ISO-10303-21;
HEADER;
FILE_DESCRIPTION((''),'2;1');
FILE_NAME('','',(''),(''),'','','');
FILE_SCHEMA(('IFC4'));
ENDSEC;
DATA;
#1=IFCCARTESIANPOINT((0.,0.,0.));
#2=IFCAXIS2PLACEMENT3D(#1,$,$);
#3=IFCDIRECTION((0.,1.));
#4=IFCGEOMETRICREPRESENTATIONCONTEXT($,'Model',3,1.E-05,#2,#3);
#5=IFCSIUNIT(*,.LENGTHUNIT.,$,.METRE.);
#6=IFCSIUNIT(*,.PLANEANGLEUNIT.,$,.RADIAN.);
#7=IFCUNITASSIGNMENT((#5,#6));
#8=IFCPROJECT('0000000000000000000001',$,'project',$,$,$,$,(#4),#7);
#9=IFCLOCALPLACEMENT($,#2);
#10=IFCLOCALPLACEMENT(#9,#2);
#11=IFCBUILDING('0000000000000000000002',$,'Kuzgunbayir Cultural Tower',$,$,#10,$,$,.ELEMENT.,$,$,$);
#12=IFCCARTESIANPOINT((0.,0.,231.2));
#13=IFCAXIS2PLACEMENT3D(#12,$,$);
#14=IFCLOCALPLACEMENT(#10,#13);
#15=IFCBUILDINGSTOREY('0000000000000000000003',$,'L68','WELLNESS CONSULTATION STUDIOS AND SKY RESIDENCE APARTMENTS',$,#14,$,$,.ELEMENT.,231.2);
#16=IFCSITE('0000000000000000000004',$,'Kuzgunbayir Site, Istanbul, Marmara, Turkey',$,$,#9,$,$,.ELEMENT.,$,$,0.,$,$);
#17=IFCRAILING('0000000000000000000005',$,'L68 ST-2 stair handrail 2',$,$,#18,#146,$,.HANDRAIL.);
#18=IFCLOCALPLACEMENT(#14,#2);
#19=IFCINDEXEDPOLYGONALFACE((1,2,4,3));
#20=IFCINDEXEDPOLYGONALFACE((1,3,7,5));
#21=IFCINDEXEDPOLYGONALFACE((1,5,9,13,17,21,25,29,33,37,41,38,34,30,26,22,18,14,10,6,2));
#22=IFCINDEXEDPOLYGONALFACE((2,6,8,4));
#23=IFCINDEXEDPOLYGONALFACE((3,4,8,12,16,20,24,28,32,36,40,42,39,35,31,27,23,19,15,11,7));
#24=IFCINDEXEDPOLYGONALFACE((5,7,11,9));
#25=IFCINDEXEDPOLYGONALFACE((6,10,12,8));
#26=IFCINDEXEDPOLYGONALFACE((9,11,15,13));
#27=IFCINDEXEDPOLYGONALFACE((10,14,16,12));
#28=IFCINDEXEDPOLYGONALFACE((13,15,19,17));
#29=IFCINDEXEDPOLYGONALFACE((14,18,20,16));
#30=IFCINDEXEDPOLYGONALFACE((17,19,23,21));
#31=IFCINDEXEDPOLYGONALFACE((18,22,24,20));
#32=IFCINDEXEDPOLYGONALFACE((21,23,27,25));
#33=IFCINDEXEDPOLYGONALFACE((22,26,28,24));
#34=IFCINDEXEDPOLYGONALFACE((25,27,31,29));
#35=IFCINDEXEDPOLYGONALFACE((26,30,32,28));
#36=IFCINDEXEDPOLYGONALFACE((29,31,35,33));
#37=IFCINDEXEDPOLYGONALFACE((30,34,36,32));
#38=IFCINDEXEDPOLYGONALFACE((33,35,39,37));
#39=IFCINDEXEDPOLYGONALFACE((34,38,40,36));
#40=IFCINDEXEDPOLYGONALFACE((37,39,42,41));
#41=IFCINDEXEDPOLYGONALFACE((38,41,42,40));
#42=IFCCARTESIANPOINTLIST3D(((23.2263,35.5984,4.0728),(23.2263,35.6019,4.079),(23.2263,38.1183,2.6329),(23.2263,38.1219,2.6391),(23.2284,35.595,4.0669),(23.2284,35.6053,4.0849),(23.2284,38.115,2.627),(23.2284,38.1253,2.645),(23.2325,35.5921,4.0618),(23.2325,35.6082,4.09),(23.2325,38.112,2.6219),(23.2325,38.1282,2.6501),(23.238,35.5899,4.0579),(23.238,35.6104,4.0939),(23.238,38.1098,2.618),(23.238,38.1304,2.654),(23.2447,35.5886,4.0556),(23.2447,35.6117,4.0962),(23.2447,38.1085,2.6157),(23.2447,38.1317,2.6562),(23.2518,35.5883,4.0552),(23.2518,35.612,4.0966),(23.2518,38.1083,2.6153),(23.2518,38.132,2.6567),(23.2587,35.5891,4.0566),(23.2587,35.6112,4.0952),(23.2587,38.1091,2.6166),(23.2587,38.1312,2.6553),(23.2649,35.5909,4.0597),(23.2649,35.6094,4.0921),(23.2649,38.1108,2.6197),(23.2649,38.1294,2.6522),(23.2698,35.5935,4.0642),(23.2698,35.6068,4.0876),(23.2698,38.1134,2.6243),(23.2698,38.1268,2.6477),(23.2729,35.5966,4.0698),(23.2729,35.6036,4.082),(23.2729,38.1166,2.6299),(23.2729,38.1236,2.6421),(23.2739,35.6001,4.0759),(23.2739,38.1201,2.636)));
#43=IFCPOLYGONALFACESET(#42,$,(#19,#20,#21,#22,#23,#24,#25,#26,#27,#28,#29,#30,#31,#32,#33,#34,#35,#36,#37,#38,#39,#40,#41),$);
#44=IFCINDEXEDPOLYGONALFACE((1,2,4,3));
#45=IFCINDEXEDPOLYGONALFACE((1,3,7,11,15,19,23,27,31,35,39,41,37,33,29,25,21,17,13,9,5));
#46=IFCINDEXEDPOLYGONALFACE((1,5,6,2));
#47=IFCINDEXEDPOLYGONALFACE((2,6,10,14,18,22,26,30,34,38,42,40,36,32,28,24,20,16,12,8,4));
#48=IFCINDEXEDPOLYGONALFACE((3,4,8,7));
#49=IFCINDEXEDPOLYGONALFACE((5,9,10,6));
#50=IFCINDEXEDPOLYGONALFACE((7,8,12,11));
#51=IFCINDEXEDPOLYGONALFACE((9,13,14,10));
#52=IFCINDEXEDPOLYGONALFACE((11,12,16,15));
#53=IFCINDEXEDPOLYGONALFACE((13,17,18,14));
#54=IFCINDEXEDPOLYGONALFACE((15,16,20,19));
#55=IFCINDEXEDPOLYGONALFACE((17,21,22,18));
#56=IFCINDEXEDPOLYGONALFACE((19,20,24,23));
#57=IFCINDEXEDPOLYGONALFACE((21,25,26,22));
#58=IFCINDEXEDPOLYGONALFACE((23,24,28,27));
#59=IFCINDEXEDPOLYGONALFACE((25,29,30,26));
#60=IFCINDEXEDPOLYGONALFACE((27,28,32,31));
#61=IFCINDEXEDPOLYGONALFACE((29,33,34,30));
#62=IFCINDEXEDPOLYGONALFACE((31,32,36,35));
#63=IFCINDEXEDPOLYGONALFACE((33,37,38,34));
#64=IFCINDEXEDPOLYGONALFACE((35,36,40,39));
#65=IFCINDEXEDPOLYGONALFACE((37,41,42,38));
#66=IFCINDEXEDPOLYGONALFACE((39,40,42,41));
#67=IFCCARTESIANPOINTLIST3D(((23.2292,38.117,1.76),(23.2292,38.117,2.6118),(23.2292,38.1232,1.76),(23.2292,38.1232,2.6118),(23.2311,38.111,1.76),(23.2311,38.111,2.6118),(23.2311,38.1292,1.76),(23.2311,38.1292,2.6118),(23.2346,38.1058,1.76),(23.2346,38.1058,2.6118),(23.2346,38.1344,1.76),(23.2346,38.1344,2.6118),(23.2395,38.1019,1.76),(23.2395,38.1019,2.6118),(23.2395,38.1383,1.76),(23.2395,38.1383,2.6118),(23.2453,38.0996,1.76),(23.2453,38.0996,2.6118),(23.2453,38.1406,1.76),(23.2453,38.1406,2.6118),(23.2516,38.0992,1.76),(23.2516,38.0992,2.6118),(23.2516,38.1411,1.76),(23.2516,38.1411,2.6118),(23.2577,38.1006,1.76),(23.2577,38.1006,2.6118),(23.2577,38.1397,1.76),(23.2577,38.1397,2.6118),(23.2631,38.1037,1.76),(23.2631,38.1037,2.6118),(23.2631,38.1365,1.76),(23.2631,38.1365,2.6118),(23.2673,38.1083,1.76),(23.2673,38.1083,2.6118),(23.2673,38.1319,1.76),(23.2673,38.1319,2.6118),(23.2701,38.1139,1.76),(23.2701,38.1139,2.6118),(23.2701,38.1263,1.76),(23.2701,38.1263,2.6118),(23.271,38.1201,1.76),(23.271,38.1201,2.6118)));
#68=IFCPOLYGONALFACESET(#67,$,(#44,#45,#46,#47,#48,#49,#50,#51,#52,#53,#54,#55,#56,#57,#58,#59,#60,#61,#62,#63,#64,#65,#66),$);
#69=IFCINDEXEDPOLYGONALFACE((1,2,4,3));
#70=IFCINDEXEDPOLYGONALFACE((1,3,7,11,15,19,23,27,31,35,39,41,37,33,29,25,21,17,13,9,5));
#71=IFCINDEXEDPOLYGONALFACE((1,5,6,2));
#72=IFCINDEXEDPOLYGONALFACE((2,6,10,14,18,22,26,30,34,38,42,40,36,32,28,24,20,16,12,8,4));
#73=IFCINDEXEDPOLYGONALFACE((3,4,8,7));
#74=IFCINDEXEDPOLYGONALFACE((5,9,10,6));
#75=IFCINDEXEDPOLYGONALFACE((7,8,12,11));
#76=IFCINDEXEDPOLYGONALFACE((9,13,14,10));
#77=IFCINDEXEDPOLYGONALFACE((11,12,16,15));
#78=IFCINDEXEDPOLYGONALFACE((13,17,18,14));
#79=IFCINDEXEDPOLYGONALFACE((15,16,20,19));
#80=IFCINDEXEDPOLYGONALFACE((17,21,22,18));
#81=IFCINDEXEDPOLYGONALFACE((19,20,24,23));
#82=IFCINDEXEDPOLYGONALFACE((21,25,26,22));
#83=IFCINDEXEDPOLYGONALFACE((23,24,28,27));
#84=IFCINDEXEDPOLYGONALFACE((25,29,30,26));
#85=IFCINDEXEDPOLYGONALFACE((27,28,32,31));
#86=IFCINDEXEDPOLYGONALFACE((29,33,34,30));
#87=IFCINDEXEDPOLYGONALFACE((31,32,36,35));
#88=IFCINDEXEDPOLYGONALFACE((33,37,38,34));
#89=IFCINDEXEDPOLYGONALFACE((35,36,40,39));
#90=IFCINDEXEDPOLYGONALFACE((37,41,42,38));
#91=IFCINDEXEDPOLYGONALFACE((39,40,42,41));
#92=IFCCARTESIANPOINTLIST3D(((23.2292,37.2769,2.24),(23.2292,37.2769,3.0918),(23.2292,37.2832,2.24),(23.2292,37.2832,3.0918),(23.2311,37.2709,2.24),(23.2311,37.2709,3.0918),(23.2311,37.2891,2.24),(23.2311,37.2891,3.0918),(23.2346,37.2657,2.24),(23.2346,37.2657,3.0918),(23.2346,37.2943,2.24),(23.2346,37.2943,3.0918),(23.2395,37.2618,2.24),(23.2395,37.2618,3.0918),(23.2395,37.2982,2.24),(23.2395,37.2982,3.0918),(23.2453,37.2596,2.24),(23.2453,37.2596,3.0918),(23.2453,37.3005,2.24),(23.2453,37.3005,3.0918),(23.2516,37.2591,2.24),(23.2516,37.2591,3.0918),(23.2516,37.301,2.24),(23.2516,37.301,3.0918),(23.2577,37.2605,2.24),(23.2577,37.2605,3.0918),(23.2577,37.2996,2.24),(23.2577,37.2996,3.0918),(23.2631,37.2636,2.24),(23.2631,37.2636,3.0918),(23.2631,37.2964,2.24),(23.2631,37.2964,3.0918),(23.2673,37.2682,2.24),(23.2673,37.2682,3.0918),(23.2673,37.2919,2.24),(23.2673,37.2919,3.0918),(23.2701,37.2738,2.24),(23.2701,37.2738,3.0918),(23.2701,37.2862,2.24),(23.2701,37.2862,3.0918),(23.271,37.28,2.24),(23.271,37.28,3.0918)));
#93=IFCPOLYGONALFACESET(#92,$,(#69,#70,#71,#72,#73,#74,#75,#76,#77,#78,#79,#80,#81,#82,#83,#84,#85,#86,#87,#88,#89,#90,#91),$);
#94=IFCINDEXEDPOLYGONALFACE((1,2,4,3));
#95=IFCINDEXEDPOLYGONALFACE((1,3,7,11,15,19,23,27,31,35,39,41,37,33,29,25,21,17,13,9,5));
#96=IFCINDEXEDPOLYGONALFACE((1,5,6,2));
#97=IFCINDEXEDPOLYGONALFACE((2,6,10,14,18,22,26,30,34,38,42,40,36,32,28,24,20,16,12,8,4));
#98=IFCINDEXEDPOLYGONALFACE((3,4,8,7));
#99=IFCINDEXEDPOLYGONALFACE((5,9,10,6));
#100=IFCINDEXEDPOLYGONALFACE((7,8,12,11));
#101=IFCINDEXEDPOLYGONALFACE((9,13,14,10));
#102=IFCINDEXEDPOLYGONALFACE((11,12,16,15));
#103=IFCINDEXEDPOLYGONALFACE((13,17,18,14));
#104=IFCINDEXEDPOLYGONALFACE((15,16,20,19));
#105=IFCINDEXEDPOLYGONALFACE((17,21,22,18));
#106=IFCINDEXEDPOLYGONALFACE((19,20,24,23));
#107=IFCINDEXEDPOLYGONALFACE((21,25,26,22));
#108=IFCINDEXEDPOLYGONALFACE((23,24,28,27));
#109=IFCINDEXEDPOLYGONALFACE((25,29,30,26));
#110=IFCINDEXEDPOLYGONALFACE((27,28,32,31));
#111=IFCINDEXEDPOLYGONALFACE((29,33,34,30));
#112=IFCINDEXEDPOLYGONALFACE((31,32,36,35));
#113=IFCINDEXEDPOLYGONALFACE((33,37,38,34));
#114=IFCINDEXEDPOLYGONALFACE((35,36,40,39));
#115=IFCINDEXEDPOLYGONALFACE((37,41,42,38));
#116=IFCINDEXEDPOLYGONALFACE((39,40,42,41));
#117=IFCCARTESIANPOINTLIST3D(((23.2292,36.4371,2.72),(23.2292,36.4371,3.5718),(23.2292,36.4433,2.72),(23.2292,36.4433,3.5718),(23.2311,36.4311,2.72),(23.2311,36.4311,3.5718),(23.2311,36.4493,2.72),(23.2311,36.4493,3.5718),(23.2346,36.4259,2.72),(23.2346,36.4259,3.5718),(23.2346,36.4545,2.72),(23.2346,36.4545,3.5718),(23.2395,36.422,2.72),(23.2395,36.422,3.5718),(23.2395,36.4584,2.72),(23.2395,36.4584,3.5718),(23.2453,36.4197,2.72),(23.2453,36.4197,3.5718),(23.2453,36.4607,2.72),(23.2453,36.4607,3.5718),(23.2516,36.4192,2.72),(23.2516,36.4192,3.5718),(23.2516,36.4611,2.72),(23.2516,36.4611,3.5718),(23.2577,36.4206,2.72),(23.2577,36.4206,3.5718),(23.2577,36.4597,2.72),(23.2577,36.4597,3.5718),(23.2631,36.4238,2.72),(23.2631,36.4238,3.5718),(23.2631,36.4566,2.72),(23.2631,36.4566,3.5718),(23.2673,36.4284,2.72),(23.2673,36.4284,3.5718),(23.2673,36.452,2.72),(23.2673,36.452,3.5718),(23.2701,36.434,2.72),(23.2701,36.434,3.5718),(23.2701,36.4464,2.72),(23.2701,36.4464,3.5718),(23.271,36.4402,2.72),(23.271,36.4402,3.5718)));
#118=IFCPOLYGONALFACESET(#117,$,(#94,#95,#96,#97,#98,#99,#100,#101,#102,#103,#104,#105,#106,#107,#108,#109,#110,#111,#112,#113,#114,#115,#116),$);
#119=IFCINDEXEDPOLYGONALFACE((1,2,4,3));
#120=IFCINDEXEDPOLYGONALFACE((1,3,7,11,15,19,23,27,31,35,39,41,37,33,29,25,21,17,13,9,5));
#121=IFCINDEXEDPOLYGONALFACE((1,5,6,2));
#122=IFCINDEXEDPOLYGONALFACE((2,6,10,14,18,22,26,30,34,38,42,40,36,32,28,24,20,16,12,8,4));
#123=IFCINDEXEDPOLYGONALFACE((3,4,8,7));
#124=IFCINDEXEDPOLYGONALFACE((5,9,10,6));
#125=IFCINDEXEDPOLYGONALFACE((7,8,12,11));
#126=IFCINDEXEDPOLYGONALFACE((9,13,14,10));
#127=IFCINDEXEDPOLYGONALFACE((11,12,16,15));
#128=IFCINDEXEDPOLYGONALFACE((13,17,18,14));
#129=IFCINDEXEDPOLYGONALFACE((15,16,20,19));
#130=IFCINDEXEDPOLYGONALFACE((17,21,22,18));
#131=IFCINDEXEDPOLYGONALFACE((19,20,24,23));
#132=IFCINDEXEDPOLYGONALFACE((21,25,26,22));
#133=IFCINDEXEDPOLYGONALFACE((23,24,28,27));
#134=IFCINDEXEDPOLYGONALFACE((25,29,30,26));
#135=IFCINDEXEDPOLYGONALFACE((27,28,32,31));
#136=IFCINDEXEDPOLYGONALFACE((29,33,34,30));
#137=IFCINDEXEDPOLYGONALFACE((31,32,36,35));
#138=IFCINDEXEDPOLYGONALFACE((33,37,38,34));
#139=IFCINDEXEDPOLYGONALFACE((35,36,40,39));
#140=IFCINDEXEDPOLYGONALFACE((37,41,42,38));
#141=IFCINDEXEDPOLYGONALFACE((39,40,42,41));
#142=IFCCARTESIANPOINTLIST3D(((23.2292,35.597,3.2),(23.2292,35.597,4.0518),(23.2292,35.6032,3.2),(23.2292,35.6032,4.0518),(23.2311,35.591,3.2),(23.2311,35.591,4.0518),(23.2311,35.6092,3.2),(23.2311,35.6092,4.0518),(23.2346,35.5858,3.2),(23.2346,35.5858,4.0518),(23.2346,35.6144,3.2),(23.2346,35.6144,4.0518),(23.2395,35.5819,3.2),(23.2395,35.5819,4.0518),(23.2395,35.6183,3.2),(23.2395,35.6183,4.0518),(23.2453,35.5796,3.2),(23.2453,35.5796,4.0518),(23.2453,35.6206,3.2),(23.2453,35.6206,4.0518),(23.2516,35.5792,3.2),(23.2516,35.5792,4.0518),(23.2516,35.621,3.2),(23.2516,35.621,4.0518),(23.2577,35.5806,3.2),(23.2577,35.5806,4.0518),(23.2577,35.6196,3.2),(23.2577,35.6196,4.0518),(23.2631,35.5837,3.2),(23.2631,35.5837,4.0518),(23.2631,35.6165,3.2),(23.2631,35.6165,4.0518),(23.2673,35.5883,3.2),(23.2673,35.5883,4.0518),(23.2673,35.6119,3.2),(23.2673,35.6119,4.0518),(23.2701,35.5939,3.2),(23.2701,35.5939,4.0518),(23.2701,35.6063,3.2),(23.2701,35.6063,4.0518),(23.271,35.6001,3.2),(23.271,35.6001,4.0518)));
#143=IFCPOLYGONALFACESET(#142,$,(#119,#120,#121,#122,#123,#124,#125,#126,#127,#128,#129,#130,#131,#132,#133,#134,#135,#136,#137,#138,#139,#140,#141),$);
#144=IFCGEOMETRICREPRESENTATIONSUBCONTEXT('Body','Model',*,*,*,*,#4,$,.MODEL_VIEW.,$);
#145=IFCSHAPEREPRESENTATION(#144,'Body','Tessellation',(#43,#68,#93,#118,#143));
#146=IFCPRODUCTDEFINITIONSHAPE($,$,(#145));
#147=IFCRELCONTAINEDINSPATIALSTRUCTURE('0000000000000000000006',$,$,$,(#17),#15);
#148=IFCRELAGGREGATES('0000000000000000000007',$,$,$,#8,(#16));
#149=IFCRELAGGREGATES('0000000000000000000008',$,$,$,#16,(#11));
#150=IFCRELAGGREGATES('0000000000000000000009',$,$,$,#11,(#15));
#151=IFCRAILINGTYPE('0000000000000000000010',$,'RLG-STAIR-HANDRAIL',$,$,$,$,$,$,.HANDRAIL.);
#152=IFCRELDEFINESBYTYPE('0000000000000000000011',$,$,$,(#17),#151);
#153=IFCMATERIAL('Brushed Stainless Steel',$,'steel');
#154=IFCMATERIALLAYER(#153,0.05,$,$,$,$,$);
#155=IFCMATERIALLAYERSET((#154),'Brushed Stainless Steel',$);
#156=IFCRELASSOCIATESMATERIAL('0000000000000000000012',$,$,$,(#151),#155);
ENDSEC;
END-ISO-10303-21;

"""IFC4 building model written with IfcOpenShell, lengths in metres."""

from ifc_helpers import new_model, si_unit, direction, frame, origin, origin_2d, place, context, subcontext, project, spatial, circle, extrude, material, layer, layer_set, type_object, element, save


model = new_model("IFC4")

# Units and contexts
model_context = context("Model", 3, precision=1e-05, world=origin(), true_north=direction((0.0, 1.0)))
body_context = subcontext(model_context, "Body", "Model", "MODEL_VIEW")
ifc_project = project(units=[si_unit("LENGTHUNIT", "METRE"), si_unit("PLANEANGLEUNIT", "RADIAN")], contexts=[model_context])

# Site, building, storey
site_placement = place(None, origin())
site = spatial("IfcSite", under=ifc_project, at=site_placement, Name="Kuzgunbayir Site, Istanbul, Marmara, Turkey", CompositionType="ELEMENT", RefElevation=0.0)
building_placement = place(site_placement, origin())
building = spatial("IfcBuilding", under=site, at=building_placement, Name="Kuzgunbayir Cultural Tower", CompositionType="ELEMENT")
storey_placement = place(building_placement, frame((0.0, 0.0, 231.2)))
storey = spatial("IfcBuildingStorey", under=building, at=storey_placement, Name="L68", Description="WELLNESS CONSULTATION STUDIOS AND SKY RESIDENCE APARTMENTS", CompositionType="ELEMENT", Elevation=231.2)

# Shared definitions
ifc_material_1 = material(Name="Brushed Stainless Steel", Category="steel")

# Railing
ifc_layer_1 = layer(ifc_material_1, 0.05)
ifc_layer_set_1 = layer_set([ifc_layer_1], Name="Brushed Stainless Steel")
railing_type_1 = type_object("IfcRailingType", Name="RLG-STAIR-HANDRAIL", PredefinedType="HANDRAIL", material=ifc_layer_set_1)
railing_1_placement = place(storey_placement, frame((23.25, 38.1201, 1.76)))
element("IfcRailing", 1, at=railing_1_placement, inside=storey, type_object=railing_type_1, Name="L68 ST-2 stair handrail 2", PredefinedType="HANDRAIL", context=body_context, shape_type="SweptSolid", body=[
    extrude(circle(Radius=0.0239, at=origin_2d()), frame((0.0, 0.0, 0.876), z_axis=(0.0, -0.868253, 0.496121), x_axis=(1.0, 0.0, 0.0)), (0.0, 0.0, 1.0), 2.9023),
    extrude(circle(Radius=0.021, at=origin_2d()), origin(), (0.0, 0.0, 1.0), 0.8518),
    extrude(circle(Radius=0.021, at=origin_2d()), frame((0.0, -0.8401, 0.48)), (0.0, 0.0, 1.0), 0.8518),
    extrude(circle(Radius=0.021, at=origin_2d()), frame((0.0, -1.6799, 0.96)), (0.0, 0.0, 1.0), 0.8518),
    extrude(circle(Radius=0.021, at=origin_2d()), frame((0.0, -2.52, 1.4399)), (0.0, 0.0, 1.0), 0.8518),
])

save(model, "model.ifc")
